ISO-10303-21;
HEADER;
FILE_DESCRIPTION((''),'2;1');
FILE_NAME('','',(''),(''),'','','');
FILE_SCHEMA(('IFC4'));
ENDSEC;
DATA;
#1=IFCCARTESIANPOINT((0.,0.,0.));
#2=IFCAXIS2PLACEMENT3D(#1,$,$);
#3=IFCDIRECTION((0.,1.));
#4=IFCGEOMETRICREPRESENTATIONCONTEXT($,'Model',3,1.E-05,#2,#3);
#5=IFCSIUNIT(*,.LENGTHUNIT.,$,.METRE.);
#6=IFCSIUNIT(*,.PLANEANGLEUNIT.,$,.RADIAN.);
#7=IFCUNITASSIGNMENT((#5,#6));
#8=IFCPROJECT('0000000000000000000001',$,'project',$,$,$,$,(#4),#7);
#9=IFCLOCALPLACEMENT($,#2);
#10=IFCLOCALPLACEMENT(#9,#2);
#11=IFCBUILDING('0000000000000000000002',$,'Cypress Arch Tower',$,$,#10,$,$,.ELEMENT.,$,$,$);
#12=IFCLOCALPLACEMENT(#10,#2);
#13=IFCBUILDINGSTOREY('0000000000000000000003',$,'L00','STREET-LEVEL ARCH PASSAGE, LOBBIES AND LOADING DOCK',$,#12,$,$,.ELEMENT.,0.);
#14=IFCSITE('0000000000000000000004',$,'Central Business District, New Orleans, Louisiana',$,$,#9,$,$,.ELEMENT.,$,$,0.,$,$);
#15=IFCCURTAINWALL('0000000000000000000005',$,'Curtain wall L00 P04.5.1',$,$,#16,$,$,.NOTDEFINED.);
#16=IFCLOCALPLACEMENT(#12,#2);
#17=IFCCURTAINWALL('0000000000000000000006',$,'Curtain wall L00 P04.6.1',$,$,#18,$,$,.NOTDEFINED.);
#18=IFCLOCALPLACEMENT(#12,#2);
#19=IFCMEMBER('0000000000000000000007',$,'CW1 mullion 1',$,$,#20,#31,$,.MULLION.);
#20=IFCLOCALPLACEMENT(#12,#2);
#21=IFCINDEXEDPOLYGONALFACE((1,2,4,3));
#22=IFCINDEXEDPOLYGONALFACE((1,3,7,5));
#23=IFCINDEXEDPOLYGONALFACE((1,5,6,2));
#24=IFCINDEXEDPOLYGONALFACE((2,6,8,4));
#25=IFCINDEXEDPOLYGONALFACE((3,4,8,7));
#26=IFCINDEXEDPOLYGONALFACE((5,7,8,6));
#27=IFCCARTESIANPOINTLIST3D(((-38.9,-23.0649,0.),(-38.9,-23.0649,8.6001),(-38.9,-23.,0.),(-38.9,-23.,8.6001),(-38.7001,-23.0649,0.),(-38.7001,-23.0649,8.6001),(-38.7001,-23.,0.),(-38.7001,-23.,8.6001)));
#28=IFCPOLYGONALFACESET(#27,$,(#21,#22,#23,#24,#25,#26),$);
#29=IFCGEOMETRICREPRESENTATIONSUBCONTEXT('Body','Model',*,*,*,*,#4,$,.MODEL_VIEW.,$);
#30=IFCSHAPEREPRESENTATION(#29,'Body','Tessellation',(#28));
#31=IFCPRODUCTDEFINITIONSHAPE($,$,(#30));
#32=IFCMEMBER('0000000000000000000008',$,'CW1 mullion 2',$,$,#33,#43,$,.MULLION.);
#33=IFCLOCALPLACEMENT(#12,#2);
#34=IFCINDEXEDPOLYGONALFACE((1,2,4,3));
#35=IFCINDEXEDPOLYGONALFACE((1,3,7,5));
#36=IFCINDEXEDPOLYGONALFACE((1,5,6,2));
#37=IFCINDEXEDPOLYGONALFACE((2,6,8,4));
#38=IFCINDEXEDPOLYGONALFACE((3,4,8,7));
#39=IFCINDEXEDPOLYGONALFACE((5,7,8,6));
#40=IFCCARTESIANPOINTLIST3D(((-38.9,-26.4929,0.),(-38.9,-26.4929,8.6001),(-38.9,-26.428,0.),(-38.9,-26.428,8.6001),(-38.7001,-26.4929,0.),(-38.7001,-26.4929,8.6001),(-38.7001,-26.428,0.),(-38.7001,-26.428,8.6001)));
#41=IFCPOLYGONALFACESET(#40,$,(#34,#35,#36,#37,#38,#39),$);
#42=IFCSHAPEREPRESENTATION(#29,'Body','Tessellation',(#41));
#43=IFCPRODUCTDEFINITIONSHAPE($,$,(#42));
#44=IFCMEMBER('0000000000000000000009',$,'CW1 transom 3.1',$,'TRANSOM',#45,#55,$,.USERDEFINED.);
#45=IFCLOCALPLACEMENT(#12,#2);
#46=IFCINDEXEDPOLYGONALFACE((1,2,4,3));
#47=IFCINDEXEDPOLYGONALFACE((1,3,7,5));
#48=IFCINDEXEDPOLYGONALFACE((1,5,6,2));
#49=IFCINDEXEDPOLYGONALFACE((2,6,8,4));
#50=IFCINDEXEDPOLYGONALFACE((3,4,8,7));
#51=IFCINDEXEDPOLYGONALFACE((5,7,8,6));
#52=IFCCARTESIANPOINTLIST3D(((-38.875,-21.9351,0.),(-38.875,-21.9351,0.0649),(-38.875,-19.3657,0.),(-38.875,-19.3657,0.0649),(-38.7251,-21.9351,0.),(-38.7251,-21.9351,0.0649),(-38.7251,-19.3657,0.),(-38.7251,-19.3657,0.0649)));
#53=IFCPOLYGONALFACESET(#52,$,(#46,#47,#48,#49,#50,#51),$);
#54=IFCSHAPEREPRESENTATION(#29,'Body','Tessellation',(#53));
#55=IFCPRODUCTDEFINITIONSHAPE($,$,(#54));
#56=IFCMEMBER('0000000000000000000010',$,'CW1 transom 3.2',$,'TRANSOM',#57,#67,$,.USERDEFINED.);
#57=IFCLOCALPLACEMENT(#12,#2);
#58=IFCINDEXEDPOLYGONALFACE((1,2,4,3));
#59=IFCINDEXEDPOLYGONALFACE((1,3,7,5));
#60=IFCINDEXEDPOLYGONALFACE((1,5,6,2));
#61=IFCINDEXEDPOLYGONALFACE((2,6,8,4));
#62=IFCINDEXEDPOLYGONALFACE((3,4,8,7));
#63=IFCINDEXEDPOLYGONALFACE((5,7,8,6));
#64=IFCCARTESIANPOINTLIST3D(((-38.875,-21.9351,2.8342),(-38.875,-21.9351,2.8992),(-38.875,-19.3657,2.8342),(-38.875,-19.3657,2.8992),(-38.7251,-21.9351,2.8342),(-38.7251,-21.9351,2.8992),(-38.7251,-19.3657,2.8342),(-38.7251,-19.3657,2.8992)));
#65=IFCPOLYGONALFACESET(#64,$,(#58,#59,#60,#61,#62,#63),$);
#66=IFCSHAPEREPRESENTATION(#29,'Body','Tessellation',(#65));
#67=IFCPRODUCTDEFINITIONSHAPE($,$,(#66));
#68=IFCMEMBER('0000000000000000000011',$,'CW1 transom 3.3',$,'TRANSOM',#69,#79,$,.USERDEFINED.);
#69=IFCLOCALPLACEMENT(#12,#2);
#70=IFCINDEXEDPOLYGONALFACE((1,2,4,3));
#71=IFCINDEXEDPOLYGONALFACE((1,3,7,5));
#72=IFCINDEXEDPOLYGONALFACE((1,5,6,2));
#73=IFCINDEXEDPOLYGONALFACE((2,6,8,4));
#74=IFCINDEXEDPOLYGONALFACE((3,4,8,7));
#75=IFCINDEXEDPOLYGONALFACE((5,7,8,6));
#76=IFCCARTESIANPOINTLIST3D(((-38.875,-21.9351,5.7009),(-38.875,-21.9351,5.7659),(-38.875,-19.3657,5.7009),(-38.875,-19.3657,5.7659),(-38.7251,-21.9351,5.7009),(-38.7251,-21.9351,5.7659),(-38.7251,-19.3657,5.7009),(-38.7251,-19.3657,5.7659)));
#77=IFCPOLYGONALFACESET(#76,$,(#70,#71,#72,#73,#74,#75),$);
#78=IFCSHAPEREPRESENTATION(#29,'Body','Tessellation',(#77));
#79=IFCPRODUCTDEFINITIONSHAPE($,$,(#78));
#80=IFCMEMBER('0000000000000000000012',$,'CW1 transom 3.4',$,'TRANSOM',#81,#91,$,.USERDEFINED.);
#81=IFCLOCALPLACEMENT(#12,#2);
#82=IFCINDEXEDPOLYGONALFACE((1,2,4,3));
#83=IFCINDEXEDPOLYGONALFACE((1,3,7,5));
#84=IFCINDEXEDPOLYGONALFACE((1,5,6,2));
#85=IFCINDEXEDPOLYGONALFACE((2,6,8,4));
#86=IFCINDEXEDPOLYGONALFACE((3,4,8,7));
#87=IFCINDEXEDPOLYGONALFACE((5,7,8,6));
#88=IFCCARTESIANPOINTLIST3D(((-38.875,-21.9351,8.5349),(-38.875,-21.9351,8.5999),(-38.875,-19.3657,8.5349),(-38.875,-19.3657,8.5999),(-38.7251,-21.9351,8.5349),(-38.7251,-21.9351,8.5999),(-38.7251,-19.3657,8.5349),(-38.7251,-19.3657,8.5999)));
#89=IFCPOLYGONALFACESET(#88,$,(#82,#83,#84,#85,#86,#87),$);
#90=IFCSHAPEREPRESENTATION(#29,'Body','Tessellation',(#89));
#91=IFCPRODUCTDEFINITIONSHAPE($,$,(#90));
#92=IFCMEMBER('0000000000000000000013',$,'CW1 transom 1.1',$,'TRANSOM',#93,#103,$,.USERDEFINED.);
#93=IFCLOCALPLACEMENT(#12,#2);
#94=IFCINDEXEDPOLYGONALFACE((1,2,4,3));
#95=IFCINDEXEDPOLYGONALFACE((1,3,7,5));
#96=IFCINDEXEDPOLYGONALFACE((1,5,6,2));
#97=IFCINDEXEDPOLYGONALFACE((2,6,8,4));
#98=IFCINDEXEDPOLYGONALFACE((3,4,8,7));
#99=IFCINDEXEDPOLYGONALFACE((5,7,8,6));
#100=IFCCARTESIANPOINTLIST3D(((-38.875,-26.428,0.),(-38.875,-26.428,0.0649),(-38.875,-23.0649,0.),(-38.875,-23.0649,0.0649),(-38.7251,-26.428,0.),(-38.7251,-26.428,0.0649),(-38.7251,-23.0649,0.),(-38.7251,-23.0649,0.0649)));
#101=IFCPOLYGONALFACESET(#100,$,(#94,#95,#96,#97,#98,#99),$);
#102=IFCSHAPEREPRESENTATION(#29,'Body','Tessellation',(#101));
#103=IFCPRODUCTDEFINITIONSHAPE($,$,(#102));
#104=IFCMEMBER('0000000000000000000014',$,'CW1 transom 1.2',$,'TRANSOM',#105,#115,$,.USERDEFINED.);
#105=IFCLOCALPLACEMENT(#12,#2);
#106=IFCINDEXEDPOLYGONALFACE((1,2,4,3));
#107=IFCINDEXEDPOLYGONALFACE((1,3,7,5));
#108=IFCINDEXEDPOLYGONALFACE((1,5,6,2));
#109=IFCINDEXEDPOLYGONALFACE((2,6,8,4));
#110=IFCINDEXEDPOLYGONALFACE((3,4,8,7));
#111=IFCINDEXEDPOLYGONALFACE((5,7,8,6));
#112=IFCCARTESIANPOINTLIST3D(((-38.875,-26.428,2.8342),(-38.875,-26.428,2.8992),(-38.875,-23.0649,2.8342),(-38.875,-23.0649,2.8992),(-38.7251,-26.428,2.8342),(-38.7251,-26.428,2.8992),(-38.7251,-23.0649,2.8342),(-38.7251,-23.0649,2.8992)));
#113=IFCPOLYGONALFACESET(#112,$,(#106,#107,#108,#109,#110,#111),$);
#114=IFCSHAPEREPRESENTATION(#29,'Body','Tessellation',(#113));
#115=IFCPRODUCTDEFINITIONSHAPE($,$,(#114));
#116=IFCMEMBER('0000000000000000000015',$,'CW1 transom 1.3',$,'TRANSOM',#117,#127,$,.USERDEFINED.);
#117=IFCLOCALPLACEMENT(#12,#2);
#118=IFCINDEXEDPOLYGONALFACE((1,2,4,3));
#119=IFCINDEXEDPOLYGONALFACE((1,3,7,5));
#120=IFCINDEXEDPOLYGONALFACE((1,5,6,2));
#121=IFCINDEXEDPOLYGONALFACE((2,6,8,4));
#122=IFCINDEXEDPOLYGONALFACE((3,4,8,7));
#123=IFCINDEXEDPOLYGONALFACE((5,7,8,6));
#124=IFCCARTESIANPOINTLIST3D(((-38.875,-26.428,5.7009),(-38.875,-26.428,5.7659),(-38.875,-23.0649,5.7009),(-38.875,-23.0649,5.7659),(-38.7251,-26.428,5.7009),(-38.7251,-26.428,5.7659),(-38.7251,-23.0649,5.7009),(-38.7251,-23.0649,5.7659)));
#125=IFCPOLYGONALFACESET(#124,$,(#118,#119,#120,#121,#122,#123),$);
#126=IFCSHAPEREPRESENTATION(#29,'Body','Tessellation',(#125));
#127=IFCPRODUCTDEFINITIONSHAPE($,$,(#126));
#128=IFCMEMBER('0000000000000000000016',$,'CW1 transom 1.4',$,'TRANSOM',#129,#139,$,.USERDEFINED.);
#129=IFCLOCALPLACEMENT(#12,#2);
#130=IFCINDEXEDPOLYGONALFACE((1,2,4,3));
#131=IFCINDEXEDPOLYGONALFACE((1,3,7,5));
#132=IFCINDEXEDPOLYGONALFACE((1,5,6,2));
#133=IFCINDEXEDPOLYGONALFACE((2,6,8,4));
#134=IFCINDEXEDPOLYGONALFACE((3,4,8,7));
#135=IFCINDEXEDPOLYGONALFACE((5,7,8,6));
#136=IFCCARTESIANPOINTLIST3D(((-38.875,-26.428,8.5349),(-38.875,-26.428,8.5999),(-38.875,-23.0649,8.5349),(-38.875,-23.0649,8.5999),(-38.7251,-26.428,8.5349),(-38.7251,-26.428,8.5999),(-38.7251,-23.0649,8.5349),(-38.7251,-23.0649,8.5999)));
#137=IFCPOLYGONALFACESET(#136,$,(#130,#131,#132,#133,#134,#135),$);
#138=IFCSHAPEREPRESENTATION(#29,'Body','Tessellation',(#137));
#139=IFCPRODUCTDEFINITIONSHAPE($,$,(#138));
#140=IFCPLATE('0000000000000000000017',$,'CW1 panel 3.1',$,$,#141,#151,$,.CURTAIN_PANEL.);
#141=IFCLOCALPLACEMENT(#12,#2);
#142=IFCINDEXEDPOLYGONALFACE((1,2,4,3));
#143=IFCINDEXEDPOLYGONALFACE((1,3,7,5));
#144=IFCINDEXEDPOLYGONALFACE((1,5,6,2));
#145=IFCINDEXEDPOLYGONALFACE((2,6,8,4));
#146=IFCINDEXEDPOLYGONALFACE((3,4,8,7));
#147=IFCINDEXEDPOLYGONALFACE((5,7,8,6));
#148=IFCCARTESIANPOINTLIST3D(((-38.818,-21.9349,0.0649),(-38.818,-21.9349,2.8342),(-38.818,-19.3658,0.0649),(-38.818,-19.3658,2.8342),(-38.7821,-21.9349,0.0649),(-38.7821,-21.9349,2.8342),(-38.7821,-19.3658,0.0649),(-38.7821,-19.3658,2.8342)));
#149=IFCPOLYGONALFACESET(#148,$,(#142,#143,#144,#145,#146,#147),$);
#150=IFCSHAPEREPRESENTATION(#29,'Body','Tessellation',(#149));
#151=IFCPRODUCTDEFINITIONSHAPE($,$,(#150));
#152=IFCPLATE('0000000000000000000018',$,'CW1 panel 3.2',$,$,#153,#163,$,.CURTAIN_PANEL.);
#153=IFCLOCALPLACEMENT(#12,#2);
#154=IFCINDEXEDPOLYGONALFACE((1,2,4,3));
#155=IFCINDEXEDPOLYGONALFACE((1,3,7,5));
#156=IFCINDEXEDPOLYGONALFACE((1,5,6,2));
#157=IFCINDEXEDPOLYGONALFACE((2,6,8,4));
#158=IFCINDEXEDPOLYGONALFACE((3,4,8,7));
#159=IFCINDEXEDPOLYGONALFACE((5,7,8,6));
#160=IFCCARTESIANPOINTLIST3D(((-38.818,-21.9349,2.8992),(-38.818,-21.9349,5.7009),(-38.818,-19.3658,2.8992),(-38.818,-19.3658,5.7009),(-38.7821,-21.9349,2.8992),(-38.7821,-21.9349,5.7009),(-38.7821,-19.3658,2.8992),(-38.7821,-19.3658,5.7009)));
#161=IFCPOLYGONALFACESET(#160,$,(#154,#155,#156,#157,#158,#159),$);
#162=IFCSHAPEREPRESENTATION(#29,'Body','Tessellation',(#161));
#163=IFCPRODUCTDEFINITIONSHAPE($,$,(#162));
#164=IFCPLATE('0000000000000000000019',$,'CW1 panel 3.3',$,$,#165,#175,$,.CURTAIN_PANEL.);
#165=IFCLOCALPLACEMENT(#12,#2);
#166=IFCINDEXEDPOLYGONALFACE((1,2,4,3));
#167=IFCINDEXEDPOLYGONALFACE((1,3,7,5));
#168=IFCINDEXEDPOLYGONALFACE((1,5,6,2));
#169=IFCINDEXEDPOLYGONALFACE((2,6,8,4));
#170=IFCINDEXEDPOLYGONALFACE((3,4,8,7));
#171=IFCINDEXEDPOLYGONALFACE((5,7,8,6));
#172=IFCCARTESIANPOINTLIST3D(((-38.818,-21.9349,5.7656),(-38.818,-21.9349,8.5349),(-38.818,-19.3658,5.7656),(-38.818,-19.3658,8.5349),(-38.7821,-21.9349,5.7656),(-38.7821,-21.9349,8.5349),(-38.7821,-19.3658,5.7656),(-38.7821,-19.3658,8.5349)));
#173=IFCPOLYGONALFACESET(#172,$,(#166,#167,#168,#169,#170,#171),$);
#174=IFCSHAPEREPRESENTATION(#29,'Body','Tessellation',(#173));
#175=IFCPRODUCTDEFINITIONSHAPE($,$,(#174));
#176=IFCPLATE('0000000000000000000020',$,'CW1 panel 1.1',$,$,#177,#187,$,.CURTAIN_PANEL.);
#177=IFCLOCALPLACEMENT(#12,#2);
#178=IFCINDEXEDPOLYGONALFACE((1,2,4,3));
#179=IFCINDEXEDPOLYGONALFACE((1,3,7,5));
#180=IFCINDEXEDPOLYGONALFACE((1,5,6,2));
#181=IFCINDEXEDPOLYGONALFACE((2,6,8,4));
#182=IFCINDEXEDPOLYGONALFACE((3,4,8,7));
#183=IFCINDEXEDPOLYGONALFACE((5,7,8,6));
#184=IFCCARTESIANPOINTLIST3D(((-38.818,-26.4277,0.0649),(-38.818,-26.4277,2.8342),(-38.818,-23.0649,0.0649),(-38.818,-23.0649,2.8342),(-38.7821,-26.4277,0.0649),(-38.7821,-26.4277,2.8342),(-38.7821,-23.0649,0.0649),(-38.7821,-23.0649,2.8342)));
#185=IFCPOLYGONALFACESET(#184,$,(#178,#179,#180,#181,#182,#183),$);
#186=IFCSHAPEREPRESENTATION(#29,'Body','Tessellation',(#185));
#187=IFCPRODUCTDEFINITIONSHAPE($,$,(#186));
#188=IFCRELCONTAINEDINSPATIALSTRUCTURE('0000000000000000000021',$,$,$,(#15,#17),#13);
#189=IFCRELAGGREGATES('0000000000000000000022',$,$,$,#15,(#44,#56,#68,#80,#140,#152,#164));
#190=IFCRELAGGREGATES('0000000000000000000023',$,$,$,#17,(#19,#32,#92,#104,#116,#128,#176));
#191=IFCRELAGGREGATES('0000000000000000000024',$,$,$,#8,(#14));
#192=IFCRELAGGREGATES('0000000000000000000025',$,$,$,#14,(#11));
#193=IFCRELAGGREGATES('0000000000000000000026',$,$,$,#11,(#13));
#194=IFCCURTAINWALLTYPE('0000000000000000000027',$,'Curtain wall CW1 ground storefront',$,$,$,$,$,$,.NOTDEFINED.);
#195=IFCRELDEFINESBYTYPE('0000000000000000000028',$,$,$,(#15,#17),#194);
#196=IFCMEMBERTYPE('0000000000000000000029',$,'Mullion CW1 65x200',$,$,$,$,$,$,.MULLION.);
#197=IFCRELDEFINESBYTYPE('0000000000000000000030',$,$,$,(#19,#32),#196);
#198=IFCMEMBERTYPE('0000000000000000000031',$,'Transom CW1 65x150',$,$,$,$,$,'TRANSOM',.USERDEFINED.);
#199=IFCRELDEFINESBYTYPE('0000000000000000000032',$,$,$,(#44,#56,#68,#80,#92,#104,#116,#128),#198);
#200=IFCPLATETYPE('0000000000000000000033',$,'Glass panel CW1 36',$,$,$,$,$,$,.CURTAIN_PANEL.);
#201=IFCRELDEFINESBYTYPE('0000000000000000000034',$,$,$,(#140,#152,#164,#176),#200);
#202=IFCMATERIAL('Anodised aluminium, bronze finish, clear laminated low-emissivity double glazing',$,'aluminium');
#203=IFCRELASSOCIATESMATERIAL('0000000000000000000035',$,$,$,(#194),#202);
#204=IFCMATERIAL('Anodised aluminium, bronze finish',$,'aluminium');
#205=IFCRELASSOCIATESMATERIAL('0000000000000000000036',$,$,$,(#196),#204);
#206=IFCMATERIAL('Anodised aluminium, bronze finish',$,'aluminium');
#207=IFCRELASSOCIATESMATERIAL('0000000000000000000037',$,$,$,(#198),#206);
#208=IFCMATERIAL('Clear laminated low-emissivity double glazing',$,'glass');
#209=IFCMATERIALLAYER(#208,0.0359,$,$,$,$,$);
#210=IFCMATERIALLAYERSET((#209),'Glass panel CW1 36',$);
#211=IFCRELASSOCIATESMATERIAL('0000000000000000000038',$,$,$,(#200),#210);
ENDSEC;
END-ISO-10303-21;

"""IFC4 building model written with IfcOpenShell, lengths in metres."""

from ifc_helpers import new_model, si_unit, direction, frame, origin, origin_2d, place, context, subcontext, project, spatial, rectangle, extrude, material, layer, layer_set, material_profile, profile_set, type_object, element, aggregate, save


model = new_model("IFC4")

# Units and contexts
model_context = context("Model", 3, precision=1e-05, world=origin(), true_north=direction((0.0, 1.0)))
body_context = subcontext(model_context, "Body", "Model", "MODEL_VIEW")
ifc_project = project(units=[si_unit("LENGTHUNIT", "METRE"), si_unit("PLANEANGLEUNIT", "RADIAN")], contexts=[model_context])

# Site, building, storey
site_placement = place(None, origin())
site = spatial("IfcSite", under=ifc_project, at=site_placement, Name="Central Business District, New Orleans, Louisiana", CompositionType="ELEMENT", RefElevation=0.0)
building_placement = place(site_placement, origin())
building = spatial("IfcBuilding", under=site, at=building_placement, Name="Cypress Arch Tower", CompositionType="ELEMENT")
storey_placement = place(building_placement, origin())
storey = spatial("IfcBuildingStorey", under=building, at=storey_placement, Name="L00", Description="STREET-LEVEL ARCH PASSAGE, LOBBIES AND LOADING DOCK", CompositionType="ELEMENT", Elevation=0.0)

# Curtain walls, members
ifc_material_1 = material(Name="Anodised aluminium, bronze finish, clear laminated low-emissivity double glazing", Category="aluminium")
curtain_wall_type = type_object("IfcCurtainWallType", Name="Curtain wall CW1 ground storefront", PredefinedType="NOTDEFINED", material=ifc_material_1)
curtain_wall_1_placement = place(storey_placement, origin())
curtain_wall_1 = element("IfcCurtainWall", 1, at=curtain_wall_1_placement, inside=storey, type_object=curtain_wall_type, Name="Curtain wall L00 P04.5.1", PredefinedType="NOTDEFINED")
ifc_material_2 = material(Name="Anodised aluminium, bronze finish", Category="aluminium")
ifc_material_profile_1 = material_profile(ifc_material_2, rectangle(XDim=0.2, YDim=0.0649, at=origin_2d()), Name="Mullion 65x200")
ifc_profile_set_1 = profile_set([ifc_material_profile_1], Name="Anodised aluminium, bronze finish")
member_type_1 = type_object("IfcMemberType", Name="Mullion CW1 65x200", PredefinedType="MULLION", material=ifc_profile_set_1)
curtain_wall_2_placement = place(storey_placement, origin())
curtain_wall_2 = element("IfcCurtainWall", 2, at=curtain_wall_2_placement, inside=storey, type_object=curtain_wall_type, Name="Curtain wall L00 P04.6.1", PredefinedType="NOTDEFINED")
member_1_placement = place(storey_placement, frame((-38.8, -23.0325, 0.0), z_axis=(0.0, 0.0, 1.0), x_axis=(1.0, 0.0, 0.0)))
member_1 = element("IfcMember", 3, at=member_1_placement, type_object=member_type_1, Name="CW1 mullion 1", PredefinedType="MULLION", context=body_context, shape_type="SweptSolid", body=[
    extrude(rectangle(XDim=0.2, YDim=0.0649, at=origin_2d()), origin(), (0.0, 0.0, 1.0), 8.6001),
])
member_2_placement = place(storey_placement, frame((-38.8, -26.4604, 0.0), z_axis=(0.0, 0.0, 1.0), x_axis=(1.0, 0.0, 0.0)))
member_2 = element("IfcMember", 4, at=member_2_placement, type_object=member_type_1, Name="CW1 mullion 2", PredefinedType="MULLION", context=body_context, shape_type="SweptSolid", body=[
    extrude(rectangle(XDim=0.2, YDim=0.0649, at=origin_2d()), origin(), (0.0, 0.0, 1.0), 8.6001),
])

# Members
ifc_material_3 = material(Name="Anodised aluminium, bronze finish", Category="aluminium")
ifc_material_profile_2 = material_profile(ifc_material_3, rectangle(XDim=0.1499, YDim=0.0649, at=origin_2d()), Name="Transom 65x150")
ifc_profile_set_2 = profile_set([ifc_material_profile_2], Name="Anodised aluminium, bronze finish")
member_type_2 = type_object("IfcMemberType", Name="Transom CW1 65x150", ElementType="TRANSOM", PredefinedType="USERDEFINED", material=ifc_profile_set_2)
member_3_placement = place(storey_placement, frame((-38.8, -19.3657, 0.0325), z_axis=(0.0, -1.0, 0.0), x_axis=(1.0, 0.0, 0.0)))
member_3 = element("IfcMember", 5, at=member_3_placement, type_object=member_type_2, Name="CW1 transom 3.1", ObjectType="TRANSOM", PredefinedType="USERDEFINED", context=body_context, shape_type="SweptSolid", body=[
    extrude(rectangle(XDim=0.1499, YDim=0.0649, at=origin_2d()), origin(), (0.0, 0.0, 1.0), 2.5693),
])
member_4_placement = place(storey_placement, frame((-38.8, -19.3657, 2.8667), z_axis=(0.0, -1.0, 0.0), x_axis=(1.0, 0.0, 0.0)))
member_4 = element("IfcMember", 6, at=member_4_placement, type_object=member_type_2, Name="CW1 transom 3.2", ObjectType="TRANSOM", PredefinedType="USERDEFINED", context=body_context, shape_type="SweptSolid", body=[
    extrude(rectangle(XDim=0.1499, YDim=0.0649, at=origin_2d()), origin(), (0.0, 0.0, 1.0), 2.5693),
])
member_5_placement = place(storey_placement, frame((-38.8, -19.3657, 5.7334), z_axis=(0.0, -1.0, 0.0), x_axis=(1.0, 0.0, 0.0)))
member_5 = element("IfcMember", 7, at=member_5_placement, type_object=member_type_2, Name="CW1 transom 3.3", ObjectType="TRANSOM", PredefinedType="USERDEFINED", context=body_context, shape_type="SweptSolid", body=[
    extrude(rectangle(XDim=0.1499, YDim=0.0649, at=origin_2d()), origin(), (0.0, 0.0, 1.0), 2.5693),
])
member_6_placement = place(storey_placement, frame((-38.8, -19.3657, 8.5674), z_axis=(0.0, -1.0, 0.0), x_axis=(1.0, 0.0, 0.0)))
member_6 = element("IfcMember", 8, at=member_6_placement, type_object=member_type_2, Name="CW1 transom 3.4", ObjectType="TRANSOM", PredefinedType="USERDEFINED", context=body_context, shape_type="SweptSolid", body=[
    extrude(rectangle(XDim=0.1499, YDim=0.0649, at=origin_2d()), origin(), (0.0, 0.0, 1.0), 2.5693),
])
member_7_placement = place(storey_placement, frame((-38.8, -23.0649, 0.0325), z_axis=(0.0, -1.0, 0.0), x_axis=(1.0, 0.0, 0.0)))
member_7 = element("IfcMember", 9, at=member_7_placement, type_object=member_type_2, Name="CW1 transom 1.1", ObjectType="TRANSOM", PredefinedType="USERDEFINED", context=body_context, shape_type="SweptSolid", body=[
    extrude(rectangle(XDim=0.1499, YDim=0.0649, at=origin_2d()), origin(), (0.0, 0.0, 1.0), 3.363),
])
member_8_placement = place(storey_placement, frame((-38.8, -23.0649, 2.8667), z_axis=(0.0, -1.0, 0.0), x_axis=(1.0, 0.0, 0.0)))
member_8 = element("IfcMember", 10, at=member_8_placement, type_object=member_type_2, Name="CW1 transom 1.2", ObjectType="TRANSOM", PredefinedType="USERDEFINED", context=body_context, shape_type="SweptSolid", body=[
    extrude(rectangle(XDim=0.1499, YDim=0.0649, at=origin_2d()), origin(), (0.0, 0.0, 1.0), 3.363),
])
member_9_placement = place(storey_placement, frame((-38.8, -23.0649, 5.7334), z_axis=(0.0, -1.0, 0.0), x_axis=(1.0, 0.0, 0.0)))
member_9 = element("IfcMember", 11, at=member_9_placement, type_object=member_type_2, Name="CW1 transom 1.3", ObjectType="TRANSOM", PredefinedType="USERDEFINED", context=body_context, shape_type="SweptSolid", body=[
    extrude(rectangle(XDim=0.1499, YDim=0.0649, at=origin_2d()), origin(), (0.0, 0.0, 1.0), 3.363),
])
member_10_placement = place(storey_placement, frame((-38.8, -23.0649, 8.5674), z_axis=(0.0, -1.0, 0.0), x_axis=(1.0, 0.0, 0.0)))
member_10 = element("IfcMember", 12, at=member_10_placement, type_object=member_type_2, Name="CW1 transom 1.4", ObjectType="TRANSOM", PredefinedType="USERDEFINED", context=body_context, shape_type="SweptSolid", body=[
    extrude(rectangle(XDim=0.1499, YDim=0.0649, at=origin_2d()), origin(), (0.0, 0.0, 1.0), 3.363),
])

# Plates
ifc_material_4 = material(Name="Clear laminated low-emissivity double glazing", Category="glass")
ifc_layer_1 = layer(ifc_material_4, 0.0359)
ifc_layer_set_1 = layer_set([ifc_layer_1], Name="Glass panel CW1 36")
plate_type = type_object("IfcPlateType", Name="Glass panel CW1 36", PredefinedType="CURTAIN_PANEL", material=ifc_layer_set_1)
plate_1_placement = place(storey_placement, frame((-38.8, -20.6504, 0.0649), z_axis=(0.0, 0.0, 1.0), x_axis=(0.0, -1.0, 0.0)))
plate_1 = element("IfcPlate", 13, at=plate_1_placement, type_object=plate_type, Name="CW1 panel 3.1", PredefinedType="CURTAIN_PANEL", context=body_context, shape_type="SweptSolid", body=[
    extrude(rectangle(XDim=2.5691, YDim=0.0359, at=origin_2d()), origin(), (0.0, 0.0, 1.0), 2.7693),
])
plate_2_placement = place(storey_placement, frame((-38.8, -20.6504, 2.8992), z_axis=(0.0, 0.0, 1.0), x_axis=(0.0, -1.0, 0.0)))
plate_2 = element("IfcPlate", 14, at=plate_2_placement, type_object=plate_type, Name="CW1 panel 3.2", PredefinedType="CURTAIN_PANEL", context=body_context, shape_type="SweptSolid", body=[
    extrude(rectangle(XDim=2.5691, YDim=0.0359, at=origin_2d()), origin(), (0.0, 0.0, 1.0), 2.8018),
])
plate_3_placement = place(storey_placement, frame((-38.8, -20.6504, 5.7656), z_axis=(0.0, 0.0, 1.0), x_axis=(0.0, -1.0, 0.0)))
plate_3 = element("IfcPlate", 15, at=plate_3_placement, type_object=plate_type, Name="CW1 panel 3.3", PredefinedType="CURTAIN_PANEL", context=body_context, shape_type="SweptSolid", body=[
    extrude(rectangle(XDim=2.5691, YDim=0.0359, at=origin_2d()), origin(), (0.0, 0.0, 1.0), 2.7693),
])
aggregate(curtain_wall_1, [member_3, member_4, member_5, member_6, plate_1, plate_2, plate_3])
plate_4_placement = place(storey_placement, frame((-38.8, -24.7463, 0.0649), z_axis=(0.0, 0.0, 1.0), x_axis=(0.0, -1.0, 0.0)))
plate_4 = element("IfcPlate", 16, at=plate_4_placement, type_object=plate_type, Name="CW1 panel 1.1", PredefinedType="CURTAIN_PANEL", context=body_context, shape_type="SweptSolid", body=[
    extrude(rectangle(XDim=3.3628, YDim=0.0359, at=origin_2d()), origin(), (0.0, 0.0, 1.0), 2.7693),
])
aggregate(curtain_wall_2, [member_1, member_2, member_7, member_8, member_9, member_10, plate_4])

save(model, "model.ifc")
